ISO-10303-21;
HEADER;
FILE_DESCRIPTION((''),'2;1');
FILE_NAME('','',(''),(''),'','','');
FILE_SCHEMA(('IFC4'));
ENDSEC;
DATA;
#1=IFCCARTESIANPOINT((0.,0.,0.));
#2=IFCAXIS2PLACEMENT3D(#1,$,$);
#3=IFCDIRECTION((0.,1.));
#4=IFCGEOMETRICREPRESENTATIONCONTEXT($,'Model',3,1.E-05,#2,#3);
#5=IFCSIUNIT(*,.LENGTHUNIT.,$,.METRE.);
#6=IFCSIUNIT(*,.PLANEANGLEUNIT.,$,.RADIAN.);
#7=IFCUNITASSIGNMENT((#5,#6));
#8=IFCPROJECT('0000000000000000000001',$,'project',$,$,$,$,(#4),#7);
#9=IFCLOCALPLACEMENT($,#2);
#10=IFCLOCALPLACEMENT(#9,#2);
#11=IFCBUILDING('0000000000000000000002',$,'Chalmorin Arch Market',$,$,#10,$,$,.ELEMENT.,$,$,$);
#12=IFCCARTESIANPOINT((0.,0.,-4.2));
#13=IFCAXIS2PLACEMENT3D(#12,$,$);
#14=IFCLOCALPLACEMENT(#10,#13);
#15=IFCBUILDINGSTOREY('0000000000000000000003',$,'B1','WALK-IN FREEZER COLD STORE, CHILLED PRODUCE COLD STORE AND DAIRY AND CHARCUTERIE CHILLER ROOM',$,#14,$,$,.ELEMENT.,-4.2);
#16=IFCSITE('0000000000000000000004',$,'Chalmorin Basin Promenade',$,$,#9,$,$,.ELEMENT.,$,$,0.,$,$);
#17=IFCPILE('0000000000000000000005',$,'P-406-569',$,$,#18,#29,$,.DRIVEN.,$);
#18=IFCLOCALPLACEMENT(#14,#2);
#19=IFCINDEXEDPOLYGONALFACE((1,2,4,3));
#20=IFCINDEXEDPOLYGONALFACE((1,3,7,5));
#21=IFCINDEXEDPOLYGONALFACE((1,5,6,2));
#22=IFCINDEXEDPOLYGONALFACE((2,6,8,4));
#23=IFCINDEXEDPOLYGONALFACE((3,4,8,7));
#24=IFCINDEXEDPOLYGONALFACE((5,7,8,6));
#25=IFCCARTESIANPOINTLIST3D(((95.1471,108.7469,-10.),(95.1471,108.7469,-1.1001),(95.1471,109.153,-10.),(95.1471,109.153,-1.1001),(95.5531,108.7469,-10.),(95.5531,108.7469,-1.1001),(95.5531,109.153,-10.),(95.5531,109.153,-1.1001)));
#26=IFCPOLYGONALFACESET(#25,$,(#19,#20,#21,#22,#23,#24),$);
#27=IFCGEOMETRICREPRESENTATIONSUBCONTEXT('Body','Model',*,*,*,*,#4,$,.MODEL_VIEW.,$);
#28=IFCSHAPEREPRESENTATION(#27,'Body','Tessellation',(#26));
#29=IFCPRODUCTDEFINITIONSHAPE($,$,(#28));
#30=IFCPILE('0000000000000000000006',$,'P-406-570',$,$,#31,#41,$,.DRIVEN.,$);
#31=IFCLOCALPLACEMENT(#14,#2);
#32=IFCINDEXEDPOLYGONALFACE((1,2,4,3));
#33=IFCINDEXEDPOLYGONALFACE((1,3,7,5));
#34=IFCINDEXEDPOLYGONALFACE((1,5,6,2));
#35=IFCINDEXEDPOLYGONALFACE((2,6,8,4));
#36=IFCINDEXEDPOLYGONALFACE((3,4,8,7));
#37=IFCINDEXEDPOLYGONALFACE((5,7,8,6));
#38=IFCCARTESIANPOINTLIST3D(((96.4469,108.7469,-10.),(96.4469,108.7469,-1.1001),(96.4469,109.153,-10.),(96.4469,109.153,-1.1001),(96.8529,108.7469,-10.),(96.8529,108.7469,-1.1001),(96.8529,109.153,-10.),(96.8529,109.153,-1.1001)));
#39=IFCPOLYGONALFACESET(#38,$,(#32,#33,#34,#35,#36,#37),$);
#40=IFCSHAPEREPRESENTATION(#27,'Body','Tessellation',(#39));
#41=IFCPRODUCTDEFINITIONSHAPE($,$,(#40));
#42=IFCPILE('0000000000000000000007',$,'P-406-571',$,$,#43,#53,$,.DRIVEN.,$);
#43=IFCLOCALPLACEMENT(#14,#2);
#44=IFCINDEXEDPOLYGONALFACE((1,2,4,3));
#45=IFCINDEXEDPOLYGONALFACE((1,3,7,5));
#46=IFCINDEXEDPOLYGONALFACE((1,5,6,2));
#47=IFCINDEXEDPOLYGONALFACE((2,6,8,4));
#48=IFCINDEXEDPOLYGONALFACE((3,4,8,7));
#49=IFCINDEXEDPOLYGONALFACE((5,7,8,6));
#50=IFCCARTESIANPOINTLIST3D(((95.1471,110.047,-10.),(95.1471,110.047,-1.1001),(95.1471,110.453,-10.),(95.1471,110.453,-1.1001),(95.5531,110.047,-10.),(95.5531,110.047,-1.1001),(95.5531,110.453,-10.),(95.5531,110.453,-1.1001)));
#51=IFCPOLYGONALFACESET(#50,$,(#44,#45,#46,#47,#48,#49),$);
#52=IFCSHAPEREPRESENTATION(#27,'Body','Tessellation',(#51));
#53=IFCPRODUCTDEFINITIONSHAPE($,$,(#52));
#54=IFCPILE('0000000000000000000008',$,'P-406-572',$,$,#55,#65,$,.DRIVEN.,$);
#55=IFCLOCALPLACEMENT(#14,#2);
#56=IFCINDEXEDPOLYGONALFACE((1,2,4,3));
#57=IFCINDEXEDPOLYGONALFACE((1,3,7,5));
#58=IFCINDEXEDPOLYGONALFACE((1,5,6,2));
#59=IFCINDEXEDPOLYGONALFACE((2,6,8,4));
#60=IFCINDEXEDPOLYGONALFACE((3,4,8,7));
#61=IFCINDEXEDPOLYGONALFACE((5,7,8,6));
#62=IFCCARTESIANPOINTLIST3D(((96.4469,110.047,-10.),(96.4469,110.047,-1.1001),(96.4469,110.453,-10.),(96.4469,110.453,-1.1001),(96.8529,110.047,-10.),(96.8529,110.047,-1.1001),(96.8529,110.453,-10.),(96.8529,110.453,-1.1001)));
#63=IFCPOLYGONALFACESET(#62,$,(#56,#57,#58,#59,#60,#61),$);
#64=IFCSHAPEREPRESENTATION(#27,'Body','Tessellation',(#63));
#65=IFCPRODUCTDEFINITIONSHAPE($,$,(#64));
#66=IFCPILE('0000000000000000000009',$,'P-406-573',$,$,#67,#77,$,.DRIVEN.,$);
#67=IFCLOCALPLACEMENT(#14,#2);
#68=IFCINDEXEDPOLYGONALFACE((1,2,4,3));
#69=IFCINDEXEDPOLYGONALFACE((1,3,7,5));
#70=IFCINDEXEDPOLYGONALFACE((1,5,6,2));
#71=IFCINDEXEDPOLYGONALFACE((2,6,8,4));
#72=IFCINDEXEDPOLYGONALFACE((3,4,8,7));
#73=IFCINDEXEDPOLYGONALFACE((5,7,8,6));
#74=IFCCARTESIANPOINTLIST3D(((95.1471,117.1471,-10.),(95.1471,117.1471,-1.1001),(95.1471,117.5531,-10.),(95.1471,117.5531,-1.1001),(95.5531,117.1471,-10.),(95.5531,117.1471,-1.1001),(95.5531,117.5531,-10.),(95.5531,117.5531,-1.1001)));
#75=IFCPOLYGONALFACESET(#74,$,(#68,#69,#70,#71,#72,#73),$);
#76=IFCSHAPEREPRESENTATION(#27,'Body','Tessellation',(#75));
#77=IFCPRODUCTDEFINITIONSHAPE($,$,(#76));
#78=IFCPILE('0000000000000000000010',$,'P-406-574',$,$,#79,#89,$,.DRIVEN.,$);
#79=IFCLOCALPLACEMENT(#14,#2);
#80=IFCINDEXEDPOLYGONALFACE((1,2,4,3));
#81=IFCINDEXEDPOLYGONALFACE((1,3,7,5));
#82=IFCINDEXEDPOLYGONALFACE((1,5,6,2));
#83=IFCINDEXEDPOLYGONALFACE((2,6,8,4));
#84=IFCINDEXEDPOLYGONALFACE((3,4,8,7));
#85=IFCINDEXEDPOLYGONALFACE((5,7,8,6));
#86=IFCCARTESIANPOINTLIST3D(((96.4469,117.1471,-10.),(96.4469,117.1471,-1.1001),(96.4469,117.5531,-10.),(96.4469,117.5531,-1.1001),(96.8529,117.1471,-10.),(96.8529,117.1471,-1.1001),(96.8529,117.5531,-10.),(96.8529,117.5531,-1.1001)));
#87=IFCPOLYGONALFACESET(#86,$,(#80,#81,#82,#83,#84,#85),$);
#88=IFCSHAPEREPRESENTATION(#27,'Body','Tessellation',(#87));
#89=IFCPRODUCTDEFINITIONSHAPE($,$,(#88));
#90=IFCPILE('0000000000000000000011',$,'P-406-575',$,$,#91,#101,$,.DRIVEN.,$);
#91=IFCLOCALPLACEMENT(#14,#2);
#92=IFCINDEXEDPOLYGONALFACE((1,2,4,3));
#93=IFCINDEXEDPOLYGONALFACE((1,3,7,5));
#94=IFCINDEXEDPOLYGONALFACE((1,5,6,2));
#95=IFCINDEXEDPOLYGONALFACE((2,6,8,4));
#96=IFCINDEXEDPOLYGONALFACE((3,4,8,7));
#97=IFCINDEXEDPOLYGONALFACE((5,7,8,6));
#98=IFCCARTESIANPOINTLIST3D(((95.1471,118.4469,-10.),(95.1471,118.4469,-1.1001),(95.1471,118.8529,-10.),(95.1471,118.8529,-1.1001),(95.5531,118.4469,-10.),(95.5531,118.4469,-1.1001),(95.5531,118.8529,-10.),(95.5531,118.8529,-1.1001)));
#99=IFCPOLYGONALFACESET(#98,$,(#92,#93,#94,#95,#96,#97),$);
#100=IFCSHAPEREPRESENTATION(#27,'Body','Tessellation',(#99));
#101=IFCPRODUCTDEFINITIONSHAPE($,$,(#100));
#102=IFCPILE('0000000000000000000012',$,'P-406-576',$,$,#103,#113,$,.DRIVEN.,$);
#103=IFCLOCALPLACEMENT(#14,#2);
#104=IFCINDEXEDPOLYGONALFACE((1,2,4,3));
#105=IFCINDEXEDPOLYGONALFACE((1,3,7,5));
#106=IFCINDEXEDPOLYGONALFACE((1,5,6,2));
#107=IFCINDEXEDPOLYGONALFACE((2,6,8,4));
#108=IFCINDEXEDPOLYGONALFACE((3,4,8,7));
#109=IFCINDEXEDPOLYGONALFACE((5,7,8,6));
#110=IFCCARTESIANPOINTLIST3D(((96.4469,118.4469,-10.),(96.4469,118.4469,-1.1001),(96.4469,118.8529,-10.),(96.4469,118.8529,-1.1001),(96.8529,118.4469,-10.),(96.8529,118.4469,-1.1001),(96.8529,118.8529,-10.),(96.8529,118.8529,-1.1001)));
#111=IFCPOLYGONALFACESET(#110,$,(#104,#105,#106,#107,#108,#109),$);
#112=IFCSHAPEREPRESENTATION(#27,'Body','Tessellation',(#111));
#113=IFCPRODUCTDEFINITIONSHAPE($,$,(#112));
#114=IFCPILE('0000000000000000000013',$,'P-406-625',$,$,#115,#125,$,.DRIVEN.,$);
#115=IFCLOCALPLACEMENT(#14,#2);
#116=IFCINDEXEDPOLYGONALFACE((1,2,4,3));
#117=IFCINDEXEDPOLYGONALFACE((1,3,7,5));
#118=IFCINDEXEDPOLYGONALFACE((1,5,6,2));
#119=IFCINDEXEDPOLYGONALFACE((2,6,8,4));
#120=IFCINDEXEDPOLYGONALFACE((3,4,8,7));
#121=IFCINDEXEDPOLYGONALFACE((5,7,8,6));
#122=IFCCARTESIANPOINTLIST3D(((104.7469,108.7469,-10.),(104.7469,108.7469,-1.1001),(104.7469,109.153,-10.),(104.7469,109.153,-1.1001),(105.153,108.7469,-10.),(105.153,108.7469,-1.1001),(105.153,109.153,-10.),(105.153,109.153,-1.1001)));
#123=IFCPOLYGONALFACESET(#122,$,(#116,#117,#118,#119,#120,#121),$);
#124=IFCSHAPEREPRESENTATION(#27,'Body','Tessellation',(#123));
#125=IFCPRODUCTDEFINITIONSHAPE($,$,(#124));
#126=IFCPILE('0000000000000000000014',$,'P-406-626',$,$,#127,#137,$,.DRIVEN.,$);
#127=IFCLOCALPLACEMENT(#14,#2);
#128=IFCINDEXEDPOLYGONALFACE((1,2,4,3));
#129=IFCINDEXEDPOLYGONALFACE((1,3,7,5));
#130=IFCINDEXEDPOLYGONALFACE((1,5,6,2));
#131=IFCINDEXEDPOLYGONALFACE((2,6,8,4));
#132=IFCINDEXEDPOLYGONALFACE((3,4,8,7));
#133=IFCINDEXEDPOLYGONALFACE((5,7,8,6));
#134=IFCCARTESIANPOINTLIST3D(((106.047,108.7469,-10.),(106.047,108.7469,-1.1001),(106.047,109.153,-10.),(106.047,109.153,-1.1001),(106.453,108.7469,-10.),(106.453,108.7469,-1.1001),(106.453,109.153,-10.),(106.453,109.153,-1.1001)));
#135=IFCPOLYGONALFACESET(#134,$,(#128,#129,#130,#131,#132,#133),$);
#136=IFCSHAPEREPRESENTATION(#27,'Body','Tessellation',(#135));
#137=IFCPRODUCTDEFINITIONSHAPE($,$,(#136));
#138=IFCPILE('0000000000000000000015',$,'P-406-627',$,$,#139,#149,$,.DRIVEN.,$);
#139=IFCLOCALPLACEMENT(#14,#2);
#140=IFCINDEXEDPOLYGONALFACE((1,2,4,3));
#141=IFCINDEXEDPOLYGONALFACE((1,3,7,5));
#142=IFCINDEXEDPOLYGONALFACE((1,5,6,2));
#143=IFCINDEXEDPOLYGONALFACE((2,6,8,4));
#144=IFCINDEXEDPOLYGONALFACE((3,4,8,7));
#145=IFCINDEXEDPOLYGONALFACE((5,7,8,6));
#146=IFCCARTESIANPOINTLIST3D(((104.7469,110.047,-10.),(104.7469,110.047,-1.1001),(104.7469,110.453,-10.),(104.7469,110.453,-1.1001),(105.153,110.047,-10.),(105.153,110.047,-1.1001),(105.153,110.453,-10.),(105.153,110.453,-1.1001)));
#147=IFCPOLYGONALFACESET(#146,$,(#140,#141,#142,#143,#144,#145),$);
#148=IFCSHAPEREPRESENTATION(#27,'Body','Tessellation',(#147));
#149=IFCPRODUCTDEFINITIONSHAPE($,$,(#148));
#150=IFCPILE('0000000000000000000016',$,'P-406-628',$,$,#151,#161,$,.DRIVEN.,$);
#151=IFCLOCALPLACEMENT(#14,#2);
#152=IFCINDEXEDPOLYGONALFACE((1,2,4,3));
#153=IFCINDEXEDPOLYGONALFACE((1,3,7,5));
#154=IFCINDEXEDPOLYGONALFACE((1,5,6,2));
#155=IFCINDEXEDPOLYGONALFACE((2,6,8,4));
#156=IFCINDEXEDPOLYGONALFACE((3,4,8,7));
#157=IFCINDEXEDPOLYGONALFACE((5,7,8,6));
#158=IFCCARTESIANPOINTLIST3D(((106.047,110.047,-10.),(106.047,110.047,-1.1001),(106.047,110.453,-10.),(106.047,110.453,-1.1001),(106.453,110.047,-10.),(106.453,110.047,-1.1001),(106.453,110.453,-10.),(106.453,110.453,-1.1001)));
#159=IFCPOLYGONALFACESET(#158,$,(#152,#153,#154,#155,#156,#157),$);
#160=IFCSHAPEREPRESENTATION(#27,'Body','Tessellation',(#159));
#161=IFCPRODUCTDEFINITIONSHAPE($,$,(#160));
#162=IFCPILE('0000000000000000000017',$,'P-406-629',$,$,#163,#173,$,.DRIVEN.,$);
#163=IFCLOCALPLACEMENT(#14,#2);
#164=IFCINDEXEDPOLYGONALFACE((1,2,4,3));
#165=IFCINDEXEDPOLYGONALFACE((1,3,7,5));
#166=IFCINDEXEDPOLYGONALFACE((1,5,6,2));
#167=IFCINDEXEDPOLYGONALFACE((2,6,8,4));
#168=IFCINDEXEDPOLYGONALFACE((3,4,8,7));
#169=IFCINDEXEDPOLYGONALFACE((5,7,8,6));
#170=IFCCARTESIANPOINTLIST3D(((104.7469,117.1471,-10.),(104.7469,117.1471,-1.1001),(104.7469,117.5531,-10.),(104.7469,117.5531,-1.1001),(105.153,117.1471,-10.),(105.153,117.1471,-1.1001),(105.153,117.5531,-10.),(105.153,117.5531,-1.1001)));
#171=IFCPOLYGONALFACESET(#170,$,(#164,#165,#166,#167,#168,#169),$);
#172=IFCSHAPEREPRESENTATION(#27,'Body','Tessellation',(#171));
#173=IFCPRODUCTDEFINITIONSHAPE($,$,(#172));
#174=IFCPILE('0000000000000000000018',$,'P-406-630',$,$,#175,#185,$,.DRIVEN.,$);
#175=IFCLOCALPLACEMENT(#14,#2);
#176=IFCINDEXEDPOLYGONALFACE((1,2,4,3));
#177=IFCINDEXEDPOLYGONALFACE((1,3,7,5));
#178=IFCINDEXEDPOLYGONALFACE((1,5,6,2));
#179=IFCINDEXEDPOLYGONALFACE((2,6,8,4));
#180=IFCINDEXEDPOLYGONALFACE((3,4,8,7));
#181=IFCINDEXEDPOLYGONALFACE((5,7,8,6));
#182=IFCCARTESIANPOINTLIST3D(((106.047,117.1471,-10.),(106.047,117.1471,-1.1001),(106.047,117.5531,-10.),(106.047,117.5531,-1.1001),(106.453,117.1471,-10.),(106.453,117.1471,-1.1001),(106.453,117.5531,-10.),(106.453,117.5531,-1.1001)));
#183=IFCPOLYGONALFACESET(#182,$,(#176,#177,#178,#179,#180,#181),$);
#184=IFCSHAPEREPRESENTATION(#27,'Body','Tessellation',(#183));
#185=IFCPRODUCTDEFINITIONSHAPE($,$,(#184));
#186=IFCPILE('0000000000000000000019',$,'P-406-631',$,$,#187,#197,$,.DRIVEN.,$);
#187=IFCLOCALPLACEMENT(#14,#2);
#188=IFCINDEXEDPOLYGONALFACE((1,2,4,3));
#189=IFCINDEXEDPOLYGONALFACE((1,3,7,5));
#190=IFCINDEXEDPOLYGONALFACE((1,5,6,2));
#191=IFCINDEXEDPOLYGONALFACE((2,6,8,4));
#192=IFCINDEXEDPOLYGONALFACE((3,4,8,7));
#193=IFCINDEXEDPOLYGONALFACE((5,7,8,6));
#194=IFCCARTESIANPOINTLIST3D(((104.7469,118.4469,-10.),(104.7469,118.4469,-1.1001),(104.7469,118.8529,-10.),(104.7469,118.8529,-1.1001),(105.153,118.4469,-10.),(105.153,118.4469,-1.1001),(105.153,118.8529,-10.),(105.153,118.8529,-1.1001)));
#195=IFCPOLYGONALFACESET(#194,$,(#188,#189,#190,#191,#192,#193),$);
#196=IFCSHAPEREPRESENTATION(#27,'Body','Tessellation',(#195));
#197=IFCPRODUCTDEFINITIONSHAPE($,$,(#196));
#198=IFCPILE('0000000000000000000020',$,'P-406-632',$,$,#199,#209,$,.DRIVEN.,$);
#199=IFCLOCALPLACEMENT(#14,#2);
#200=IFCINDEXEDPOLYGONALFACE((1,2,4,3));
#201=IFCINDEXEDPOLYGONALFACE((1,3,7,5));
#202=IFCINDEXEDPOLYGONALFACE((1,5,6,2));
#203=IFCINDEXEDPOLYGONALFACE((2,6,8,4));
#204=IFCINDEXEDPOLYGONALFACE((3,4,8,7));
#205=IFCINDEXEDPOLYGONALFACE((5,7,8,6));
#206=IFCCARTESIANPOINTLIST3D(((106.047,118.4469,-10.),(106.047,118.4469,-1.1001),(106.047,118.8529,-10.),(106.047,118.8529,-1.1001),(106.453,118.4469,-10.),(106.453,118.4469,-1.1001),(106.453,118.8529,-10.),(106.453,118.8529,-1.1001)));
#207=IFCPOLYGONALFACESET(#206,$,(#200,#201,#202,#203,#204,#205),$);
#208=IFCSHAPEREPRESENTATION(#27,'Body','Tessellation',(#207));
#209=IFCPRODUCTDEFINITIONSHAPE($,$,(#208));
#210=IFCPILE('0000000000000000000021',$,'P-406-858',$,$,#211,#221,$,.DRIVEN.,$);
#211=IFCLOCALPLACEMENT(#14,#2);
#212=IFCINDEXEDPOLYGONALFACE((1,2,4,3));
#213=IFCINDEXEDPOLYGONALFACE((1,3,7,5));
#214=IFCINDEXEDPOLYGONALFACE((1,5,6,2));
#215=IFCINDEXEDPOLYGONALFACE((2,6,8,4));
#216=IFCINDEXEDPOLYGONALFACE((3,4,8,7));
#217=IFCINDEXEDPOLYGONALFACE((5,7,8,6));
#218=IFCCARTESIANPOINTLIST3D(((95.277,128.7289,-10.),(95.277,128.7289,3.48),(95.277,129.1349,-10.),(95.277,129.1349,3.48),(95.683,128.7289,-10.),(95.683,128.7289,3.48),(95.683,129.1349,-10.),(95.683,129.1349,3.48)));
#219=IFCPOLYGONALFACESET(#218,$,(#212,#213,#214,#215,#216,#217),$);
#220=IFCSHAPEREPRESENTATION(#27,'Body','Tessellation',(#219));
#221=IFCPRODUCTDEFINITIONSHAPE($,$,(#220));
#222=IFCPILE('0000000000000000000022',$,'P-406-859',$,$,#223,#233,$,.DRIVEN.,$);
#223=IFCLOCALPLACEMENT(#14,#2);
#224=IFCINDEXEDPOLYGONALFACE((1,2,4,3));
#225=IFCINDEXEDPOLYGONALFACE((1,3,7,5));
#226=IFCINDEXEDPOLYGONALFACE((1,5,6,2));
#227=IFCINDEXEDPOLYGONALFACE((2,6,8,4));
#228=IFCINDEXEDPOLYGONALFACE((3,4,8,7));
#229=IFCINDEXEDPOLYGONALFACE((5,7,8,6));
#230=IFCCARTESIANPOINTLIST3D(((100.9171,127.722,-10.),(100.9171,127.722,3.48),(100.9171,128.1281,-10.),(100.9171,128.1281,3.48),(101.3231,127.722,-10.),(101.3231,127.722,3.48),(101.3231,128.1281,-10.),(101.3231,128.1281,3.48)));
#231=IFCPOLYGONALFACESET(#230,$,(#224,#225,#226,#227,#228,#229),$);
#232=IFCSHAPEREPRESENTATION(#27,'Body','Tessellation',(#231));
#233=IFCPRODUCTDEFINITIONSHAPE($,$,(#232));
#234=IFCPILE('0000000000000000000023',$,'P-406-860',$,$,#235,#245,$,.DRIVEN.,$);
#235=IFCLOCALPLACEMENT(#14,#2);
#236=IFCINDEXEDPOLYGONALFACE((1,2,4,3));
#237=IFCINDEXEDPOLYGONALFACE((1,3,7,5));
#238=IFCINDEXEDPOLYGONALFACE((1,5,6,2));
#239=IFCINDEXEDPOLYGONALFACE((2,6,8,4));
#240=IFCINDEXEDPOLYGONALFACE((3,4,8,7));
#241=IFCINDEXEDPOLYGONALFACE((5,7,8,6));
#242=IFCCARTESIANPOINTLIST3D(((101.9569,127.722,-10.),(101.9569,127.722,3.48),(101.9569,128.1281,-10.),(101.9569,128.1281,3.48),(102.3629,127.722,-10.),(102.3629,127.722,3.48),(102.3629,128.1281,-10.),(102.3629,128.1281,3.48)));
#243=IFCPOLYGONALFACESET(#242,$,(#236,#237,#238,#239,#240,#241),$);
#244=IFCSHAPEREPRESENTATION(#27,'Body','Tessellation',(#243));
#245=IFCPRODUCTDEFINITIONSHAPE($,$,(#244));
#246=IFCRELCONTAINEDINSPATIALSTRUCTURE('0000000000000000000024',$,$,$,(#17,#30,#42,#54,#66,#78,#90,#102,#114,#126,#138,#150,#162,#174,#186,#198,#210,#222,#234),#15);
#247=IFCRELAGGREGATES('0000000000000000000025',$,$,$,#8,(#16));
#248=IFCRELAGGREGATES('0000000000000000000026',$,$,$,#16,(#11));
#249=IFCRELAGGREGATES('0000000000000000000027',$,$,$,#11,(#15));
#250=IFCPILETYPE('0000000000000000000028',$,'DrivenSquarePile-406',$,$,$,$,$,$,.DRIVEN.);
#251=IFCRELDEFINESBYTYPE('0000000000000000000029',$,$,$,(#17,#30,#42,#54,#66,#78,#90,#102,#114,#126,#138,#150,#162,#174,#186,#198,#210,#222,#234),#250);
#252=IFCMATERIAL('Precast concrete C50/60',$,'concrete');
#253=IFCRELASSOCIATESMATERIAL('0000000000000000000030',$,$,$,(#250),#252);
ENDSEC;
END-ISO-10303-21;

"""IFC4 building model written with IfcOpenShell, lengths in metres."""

from ifc_helpers import new_model, si_unit, direction, frame, origin, origin_2d, place, context, subcontext, project, spatial, rectangle, extrude, material, material_profile, profile_set, type_object, element, save


model = new_model("IFC4")

# Units and contexts
model_context = context("Model", 3, precision=1e-05, world=origin(), true_north=direction((0.0, 1.0)))
body_context = subcontext(model_context, "Body", "Model", "MODEL_VIEW")
ifc_project = project(units=[si_unit("LENGTHUNIT", "METRE"), si_unit("PLANEANGLEUNIT", "RADIAN")], contexts=[model_context])

# Site, building, storey
site_placement = place(None, origin())
site = spatial("IfcSite", under=ifc_project, at=site_placement, Name="Chalmorin Basin Promenade", CompositionType="ELEMENT", RefElevation=0.0)
building_placement = place(site_placement, origin())
building = spatial("IfcBuilding", under=site, at=building_placement, Name="Chalmorin Arch Market", CompositionType="ELEMENT")
storey_placement = place(building_placement, frame((0.0, 0.0, -4.2)))
storey = spatial("IfcBuildingStorey", under=building, at=storey_placement, Name="B1", Description="WALK-IN FREEZER COLD STORE, CHILLED PRODUCE COLD STORE AND DAIRY AND CHARCUTERIE CHILLER ROOM", CompositionType="ELEMENT", Elevation=-4.2)

# Piles
ifc_material_1 = material(Name="Precast concrete C50/60", Category="concrete")
ifc_material_profile_1 = material_profile(ifc_material_1, rectangle(XDim=0.406, YDim=0.406, at=origin_2d()), Name="PPC406")
ifc_profile_set_1 = profile_set([ifc_material_profile_1], Name="Precast concrete C50/60")
pile_type = type_object("IfcPileType", Name="DrivenSquarePile-406", PredefinedType="DRIVEN", material=ifc_profile_set_1)
for number, where, z_axis, x_axis, name in (
    (1, (95.3501, 108.95, -1.1001), (0.0, 0.0, -1.0), (1.0, 0.0, 0.0), "P-406-569"),
    (2, (96.6499, 108.95, -1.1001), (0.0, 0.0, -1.0), (1.0, 0.0, 0.0), "P-406-570"),
    (3, (95.3501, 110.25, -1.1001), (0.0, 0.0, -1.0), (1.0, 0.0, 0.0), "P-406-571"),
    (4, (96.6499, 110.25, -1.1001), (0.0, 0.0, -1.0), (1.0, 0.0, 0.0), "P-406-572"),
    (5, (95.3501, 117.3501, -1.1001), (0.0, 0.0, -1.0), (1.0, 0.0, 0.0), "P-406-573"),
    (6, (96.6499, 117.3501, -1.1001), (0.0, 0.0, -1.0), (1.0, 0.0, 0.0), "P-406-574"),
    (7, (95.3501, 118.6499, -1.1001), (0.0, 0.0, -1.0), (1.0, 0.0, 0.0), "P-406-575"),
    (8, (96.6499, 118.6499, -1.1001), (0.0, 0.0, -1.0), (1.0, 0.0, 0.0), "P-406-576"),
    (9, (104.95, 108.95, -1.1001), (0.0, 0.0, -1.0), (1.0, 0.0, 0.0), "P-406-625"),
    (10, (106.25, 108.95, -1.1001), (0.0, 0.0, -1.0), (1.0, 0.0, 0.0), "P-406-626"),
    (11, (104.95, 110.25, -1.1001), (0.0, 0.0, -1.0), (1.0, 0.0, 0.0), "P-406-627"),
    (12, (106.25, 110.25, -1.1001), (0.0, 0.0, -1.0), (1.0, 0.0, 0.0), "P-406-628"),
    (13, (104.95, 117.3501, -1.1001), (0.0, 0.0, -1.0), (1.0, 0.0, 0.0), "P-406-629"),
    (14, (106.25, 117.3501, -1.1001), (0.0, 0.0, -1.0), (1.0, 0.0, 0.0), "P-406-630"),
    (15, (104.95, 118.6499, -1.1001), (0.0, 0.0, -1.0), (1.0, 0.0, 0.0), "P-406-631"),
    (16, (106.25, 118.6499, -1.1001), (0.0, 0.0, -1.0), (1.0, 0.0, 0.0), "P-406-632"),
):
    element("IfcPile", number, at=place(storey_placement, frame(where, z_axis=z_axis, x_axis=x_axis)), inside=storey, type_object=pile_type, Name=name, PredefinedType="DRIVEN", context=body_context, shape_type="SweptSolid", body=[
        extrude(rectangle(XDim=0.406, YDim=0.406, at=origin_2d()), origin(), (0.0, 0.0, 1.0), 8.8999),
    ])
for number, where, z_axis, x_axis, name in (
    (17, (95.48, 128.9319, 3.48), (0.0, 0.0, -1.0), (1.0, 0.0, 0.0), "P-406-858"),
    (18, (101.1201, 127.925, 3.48), (0.0, 0.0, -1.0), (1.0, 0.0, 0.0), "P-406-859"),
    (19, (102.1599, 127.925, 3.48), (0.0, 0.0, -1.0), (1.0, 0.0, 0.0), "P-406-860"),
):
    element("IfcPile", number, at=place(storey_placement, frame(where, z_axis=z_axis, x_axis=x_axis)), inside=storey, type_object=pile_type, Name=name, PredefinedType="DRIVEN", context=body_context, shape_type="SweptSolid", body=[
        extrude(rectangle(XDim=0.406, YDim=0.406, at=origin_2d()), origin(), (0.0, 0.0, 1.0), 13.48),
    ])

save(model, "model.ifc")
